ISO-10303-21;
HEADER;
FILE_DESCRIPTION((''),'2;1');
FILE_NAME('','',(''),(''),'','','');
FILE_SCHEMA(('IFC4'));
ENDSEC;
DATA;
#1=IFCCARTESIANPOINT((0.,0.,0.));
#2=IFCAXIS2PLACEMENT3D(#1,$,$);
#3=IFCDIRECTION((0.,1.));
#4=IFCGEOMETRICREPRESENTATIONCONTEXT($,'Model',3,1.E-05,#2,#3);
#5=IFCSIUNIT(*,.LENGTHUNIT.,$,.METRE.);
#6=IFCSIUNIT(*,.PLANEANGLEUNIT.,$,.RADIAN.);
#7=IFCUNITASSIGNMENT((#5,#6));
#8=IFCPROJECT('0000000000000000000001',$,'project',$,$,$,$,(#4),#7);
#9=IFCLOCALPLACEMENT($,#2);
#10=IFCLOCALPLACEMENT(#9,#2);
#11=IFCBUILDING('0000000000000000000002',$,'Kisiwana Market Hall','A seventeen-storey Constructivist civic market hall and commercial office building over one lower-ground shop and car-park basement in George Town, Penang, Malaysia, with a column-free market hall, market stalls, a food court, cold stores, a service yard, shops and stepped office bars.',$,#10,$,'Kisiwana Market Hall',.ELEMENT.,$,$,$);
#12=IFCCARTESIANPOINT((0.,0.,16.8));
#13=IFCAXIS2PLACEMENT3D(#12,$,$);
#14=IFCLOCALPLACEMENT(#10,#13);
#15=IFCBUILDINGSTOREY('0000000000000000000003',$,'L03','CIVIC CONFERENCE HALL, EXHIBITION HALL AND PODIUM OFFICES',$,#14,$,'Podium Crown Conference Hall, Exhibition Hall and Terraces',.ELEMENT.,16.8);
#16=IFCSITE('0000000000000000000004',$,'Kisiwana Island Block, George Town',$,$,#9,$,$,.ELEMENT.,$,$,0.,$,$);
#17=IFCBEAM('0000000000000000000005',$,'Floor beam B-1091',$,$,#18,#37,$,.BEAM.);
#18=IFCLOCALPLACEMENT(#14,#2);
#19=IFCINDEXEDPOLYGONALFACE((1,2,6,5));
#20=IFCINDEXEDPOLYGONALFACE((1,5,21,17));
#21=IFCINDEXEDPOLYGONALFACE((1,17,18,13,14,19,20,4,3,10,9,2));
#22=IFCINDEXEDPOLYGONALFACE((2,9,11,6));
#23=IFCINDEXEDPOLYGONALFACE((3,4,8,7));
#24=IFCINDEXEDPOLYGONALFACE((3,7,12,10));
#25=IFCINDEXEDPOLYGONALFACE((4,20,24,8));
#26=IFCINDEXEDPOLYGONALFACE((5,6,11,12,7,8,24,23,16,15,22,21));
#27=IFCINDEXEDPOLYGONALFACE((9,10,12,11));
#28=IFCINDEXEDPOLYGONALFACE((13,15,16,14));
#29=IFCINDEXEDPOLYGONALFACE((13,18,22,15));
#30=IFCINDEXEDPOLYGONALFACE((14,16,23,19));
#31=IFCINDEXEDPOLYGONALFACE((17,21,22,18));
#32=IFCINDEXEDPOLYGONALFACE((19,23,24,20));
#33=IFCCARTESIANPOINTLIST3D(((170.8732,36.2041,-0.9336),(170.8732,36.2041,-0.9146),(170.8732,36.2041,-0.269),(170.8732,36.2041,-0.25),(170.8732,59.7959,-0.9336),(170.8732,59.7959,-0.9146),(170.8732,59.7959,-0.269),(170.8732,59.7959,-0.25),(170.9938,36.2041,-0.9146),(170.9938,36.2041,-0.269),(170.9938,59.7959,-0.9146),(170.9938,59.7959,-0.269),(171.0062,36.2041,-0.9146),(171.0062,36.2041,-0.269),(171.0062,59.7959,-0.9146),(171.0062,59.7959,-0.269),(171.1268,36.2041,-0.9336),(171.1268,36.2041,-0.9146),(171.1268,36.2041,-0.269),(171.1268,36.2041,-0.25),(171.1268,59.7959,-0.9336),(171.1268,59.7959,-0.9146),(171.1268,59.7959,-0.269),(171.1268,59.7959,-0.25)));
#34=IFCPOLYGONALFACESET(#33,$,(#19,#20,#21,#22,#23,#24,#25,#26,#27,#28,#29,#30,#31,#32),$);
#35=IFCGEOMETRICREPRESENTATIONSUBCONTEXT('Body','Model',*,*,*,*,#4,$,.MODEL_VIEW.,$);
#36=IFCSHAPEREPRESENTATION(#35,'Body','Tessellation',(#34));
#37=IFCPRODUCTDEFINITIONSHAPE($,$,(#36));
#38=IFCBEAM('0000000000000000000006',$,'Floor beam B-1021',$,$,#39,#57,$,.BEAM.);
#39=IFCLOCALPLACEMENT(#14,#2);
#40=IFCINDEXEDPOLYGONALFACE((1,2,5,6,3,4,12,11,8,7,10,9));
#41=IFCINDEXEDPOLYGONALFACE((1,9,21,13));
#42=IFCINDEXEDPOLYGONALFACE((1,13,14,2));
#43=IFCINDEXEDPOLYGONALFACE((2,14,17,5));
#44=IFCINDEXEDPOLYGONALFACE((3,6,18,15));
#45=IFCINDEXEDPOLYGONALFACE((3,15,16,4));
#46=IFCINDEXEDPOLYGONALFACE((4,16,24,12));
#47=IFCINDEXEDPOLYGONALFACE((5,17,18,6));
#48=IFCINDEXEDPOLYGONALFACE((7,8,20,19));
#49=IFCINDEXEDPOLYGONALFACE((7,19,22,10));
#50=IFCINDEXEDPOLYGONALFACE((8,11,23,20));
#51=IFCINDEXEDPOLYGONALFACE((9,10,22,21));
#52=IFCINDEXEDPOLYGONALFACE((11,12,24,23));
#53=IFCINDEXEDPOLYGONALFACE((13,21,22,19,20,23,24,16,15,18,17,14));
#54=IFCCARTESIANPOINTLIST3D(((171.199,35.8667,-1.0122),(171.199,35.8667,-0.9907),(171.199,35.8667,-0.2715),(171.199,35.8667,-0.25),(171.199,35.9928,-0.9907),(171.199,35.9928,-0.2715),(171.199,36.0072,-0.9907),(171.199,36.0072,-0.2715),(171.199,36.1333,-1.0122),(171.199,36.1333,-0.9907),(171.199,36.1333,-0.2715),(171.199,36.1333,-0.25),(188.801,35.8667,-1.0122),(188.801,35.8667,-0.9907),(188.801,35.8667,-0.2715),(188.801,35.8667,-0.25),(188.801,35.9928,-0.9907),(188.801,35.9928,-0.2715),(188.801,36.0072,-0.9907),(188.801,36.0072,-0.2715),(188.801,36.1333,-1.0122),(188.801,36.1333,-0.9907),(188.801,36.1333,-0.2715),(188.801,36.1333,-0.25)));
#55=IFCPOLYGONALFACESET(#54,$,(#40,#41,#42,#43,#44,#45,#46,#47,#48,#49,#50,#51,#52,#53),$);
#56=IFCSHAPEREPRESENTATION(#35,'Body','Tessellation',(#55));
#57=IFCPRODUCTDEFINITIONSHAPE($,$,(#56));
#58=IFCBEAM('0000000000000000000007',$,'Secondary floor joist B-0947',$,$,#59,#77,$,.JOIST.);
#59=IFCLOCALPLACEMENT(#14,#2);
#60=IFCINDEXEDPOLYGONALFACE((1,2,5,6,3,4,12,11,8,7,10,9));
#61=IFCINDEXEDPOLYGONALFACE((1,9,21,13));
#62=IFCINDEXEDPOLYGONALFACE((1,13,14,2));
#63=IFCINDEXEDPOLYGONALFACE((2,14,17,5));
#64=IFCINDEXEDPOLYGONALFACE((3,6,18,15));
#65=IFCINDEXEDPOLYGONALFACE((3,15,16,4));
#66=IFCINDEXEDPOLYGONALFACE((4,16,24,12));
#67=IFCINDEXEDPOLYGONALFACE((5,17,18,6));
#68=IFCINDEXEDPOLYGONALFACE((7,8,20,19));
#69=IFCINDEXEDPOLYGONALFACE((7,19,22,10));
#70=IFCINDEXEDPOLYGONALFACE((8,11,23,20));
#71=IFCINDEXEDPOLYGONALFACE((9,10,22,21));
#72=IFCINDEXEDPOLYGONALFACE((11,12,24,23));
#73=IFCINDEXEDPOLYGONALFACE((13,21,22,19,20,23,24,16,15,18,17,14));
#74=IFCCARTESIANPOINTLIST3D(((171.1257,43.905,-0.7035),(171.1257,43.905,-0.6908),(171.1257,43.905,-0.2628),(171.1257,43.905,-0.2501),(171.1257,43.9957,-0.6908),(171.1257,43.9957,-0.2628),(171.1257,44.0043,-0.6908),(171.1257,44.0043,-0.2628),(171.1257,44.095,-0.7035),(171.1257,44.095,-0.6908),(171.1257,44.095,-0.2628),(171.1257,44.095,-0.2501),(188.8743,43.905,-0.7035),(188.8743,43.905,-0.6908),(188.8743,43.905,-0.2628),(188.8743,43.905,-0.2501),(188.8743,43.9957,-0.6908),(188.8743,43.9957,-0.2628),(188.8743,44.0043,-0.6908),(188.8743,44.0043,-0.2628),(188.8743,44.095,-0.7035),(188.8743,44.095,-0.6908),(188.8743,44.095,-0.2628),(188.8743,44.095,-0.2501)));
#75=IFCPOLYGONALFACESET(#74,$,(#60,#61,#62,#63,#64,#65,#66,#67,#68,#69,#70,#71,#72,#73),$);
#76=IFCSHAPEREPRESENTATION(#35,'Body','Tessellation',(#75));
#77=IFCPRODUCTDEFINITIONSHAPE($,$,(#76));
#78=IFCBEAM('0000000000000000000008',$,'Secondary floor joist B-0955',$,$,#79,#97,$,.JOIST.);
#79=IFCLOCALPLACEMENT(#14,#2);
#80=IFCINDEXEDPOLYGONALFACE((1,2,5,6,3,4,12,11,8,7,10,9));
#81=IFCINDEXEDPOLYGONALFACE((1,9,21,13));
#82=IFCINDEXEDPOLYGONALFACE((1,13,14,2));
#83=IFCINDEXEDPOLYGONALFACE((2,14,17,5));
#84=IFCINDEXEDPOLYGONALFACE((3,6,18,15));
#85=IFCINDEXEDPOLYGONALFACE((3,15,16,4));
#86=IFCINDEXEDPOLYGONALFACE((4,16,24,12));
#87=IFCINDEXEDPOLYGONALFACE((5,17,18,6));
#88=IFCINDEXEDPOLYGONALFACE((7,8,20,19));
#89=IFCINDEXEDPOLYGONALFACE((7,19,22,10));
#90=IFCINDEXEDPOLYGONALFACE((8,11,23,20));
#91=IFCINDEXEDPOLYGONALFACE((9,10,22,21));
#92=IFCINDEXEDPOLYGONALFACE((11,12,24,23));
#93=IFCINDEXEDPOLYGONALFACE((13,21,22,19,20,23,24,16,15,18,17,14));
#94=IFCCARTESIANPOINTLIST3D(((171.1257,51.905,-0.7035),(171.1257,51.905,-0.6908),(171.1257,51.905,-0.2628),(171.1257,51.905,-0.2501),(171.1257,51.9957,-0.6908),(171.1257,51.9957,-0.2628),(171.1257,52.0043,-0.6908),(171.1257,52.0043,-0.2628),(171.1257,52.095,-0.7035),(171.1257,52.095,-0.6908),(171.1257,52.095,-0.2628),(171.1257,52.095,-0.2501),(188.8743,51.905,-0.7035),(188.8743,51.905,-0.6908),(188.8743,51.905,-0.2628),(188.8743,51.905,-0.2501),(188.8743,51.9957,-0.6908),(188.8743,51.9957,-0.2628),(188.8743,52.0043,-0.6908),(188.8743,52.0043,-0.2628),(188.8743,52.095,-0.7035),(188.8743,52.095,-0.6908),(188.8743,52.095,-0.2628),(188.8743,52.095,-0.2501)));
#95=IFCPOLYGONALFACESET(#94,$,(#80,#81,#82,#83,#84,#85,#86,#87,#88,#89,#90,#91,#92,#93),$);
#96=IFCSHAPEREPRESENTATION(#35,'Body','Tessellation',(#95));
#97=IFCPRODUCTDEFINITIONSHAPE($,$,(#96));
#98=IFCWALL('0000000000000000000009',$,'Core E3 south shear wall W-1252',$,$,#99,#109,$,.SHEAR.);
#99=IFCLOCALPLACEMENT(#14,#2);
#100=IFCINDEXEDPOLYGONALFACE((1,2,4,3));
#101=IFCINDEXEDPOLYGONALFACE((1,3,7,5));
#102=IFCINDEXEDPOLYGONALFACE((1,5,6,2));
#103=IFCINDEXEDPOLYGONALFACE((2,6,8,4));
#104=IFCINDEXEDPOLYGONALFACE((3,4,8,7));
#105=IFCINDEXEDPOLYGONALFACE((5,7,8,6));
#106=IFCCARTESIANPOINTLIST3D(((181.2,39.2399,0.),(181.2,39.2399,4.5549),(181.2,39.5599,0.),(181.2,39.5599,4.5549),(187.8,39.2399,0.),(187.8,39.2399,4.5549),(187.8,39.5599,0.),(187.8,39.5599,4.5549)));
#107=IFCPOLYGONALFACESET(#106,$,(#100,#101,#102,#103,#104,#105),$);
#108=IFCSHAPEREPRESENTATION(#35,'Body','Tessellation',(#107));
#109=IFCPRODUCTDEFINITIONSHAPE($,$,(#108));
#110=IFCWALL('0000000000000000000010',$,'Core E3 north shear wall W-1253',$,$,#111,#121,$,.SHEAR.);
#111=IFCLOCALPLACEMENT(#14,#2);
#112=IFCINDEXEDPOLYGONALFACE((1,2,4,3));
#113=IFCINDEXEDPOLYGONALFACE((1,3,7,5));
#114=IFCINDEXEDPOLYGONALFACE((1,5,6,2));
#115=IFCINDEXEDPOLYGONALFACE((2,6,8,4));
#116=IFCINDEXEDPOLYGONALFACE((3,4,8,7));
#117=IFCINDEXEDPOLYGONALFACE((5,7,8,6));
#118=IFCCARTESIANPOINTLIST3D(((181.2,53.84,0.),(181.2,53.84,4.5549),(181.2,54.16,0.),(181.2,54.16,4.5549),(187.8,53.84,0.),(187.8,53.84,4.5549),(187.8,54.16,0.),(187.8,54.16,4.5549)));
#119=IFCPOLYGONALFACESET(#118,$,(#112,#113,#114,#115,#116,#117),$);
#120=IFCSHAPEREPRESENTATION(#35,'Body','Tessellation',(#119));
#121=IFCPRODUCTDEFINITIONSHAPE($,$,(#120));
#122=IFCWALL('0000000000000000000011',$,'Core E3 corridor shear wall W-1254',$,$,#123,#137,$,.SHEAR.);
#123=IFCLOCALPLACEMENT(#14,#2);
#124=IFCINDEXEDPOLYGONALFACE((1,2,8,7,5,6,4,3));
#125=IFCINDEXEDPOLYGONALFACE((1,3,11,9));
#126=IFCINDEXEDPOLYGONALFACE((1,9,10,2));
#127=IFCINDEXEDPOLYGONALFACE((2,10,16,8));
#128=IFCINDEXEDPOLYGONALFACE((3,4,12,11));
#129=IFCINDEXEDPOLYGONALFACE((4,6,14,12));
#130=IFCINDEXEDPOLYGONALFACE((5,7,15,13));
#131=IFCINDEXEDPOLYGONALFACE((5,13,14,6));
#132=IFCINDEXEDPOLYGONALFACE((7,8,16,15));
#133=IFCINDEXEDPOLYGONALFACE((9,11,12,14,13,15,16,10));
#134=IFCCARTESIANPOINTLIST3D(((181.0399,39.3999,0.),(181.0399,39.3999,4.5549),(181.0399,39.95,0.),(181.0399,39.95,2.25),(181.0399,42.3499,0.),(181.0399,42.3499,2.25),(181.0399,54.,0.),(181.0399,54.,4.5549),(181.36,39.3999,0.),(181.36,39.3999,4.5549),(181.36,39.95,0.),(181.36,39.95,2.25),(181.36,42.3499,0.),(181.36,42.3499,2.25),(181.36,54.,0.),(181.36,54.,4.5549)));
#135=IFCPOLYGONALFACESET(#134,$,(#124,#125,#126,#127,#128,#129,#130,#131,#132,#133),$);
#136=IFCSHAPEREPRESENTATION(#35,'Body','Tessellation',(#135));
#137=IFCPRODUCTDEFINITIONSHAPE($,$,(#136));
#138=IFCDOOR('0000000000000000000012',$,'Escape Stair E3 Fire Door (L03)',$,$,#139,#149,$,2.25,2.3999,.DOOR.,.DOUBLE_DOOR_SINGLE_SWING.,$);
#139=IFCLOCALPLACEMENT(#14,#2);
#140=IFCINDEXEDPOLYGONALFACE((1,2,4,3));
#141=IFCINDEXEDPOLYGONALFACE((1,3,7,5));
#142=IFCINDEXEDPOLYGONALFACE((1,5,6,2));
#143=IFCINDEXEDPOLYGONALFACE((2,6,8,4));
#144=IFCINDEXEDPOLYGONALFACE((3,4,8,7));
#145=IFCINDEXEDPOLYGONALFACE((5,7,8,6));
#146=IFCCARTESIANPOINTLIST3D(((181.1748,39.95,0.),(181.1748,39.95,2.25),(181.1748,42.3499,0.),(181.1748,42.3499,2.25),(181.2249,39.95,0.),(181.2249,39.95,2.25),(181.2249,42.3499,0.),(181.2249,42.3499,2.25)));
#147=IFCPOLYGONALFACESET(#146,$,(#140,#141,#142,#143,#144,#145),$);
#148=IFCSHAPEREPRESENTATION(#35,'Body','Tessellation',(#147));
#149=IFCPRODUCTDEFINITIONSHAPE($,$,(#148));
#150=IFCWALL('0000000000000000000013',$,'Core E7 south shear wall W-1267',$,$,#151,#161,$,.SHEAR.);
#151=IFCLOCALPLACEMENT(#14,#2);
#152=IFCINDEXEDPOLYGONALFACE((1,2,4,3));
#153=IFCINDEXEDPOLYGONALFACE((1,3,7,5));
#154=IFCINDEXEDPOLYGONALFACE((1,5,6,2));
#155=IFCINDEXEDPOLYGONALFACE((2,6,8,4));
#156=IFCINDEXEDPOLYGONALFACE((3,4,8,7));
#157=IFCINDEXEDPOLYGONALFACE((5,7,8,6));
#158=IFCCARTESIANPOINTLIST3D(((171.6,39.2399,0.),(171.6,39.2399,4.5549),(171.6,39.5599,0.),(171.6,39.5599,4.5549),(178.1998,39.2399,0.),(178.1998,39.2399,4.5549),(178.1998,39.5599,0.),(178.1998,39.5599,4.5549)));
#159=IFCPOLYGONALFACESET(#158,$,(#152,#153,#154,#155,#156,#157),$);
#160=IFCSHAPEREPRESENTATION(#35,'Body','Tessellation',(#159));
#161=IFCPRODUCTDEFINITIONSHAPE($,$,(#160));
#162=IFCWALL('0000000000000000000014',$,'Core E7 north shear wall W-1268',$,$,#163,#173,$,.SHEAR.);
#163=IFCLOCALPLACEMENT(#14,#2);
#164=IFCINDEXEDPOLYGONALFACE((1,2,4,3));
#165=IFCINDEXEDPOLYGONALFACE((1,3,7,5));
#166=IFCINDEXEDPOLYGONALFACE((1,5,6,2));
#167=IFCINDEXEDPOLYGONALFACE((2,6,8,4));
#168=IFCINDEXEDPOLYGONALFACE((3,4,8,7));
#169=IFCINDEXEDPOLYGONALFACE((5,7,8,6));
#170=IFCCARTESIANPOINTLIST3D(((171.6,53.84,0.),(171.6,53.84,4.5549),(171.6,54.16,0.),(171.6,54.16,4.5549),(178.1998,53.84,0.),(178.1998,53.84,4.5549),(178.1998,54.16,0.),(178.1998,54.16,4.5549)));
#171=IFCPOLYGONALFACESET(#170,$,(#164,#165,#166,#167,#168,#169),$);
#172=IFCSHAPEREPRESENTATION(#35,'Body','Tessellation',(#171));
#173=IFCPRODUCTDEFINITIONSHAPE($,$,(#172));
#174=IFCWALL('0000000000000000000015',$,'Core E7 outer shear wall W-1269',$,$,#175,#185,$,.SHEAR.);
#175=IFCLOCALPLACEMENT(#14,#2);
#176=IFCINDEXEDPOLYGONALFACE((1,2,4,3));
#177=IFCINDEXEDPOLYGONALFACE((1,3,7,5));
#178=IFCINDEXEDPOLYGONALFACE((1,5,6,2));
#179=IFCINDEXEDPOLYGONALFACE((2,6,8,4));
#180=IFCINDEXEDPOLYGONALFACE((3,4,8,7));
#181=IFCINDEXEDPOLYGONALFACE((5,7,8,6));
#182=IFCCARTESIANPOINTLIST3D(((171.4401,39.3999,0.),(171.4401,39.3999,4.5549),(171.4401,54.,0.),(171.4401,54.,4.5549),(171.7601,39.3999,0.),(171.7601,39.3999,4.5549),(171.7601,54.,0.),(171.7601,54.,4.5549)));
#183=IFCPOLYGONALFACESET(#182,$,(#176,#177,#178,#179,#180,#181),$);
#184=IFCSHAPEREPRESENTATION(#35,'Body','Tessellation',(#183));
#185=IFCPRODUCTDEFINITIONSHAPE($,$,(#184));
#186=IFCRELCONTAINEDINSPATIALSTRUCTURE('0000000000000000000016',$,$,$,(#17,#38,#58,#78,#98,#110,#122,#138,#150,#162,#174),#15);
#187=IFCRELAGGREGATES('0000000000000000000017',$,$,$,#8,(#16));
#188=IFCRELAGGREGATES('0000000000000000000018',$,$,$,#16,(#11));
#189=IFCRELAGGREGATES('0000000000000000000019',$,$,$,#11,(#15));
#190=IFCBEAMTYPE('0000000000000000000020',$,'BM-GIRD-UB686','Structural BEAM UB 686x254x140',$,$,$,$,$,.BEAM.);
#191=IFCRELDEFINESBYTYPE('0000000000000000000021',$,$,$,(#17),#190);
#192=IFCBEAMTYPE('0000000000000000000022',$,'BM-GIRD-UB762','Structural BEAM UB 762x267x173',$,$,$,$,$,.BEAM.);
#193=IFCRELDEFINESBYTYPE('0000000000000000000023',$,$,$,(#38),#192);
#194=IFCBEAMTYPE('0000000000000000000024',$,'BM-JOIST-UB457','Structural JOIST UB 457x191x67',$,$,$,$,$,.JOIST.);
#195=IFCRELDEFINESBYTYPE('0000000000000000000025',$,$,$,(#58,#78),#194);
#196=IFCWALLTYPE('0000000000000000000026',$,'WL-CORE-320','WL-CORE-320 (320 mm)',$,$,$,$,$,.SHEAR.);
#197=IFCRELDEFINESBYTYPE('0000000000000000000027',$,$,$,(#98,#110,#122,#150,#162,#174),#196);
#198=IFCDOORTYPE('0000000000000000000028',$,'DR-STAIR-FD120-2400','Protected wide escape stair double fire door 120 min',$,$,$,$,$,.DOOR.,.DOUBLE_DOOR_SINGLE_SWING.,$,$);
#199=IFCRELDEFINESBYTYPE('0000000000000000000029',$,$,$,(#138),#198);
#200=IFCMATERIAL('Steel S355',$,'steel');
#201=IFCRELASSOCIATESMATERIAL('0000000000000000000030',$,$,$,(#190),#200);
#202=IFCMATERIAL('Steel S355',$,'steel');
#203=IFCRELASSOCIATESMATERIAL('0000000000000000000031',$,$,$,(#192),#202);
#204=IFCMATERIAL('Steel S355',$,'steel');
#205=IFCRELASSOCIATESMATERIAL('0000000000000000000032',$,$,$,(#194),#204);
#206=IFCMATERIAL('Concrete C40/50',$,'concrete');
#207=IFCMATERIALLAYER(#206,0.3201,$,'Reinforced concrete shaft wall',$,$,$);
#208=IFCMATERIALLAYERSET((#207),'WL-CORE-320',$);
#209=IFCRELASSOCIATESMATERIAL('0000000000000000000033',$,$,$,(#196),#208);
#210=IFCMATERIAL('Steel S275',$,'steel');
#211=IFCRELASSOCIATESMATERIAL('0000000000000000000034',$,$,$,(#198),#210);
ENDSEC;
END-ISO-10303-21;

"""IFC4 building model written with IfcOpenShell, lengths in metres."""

from ifc_helpers import new_model, si_unit, direction, frame, frame_2d, origin, origin_2d, place, context, subcontext, project, spatial, rectangle, i_section, extrude, material, layer, layer_set, material_profile, profile_set, type_object, element, fill, save


model = new_model("IFC4")

# Units and contexts
model_context = context("Model", 3, precision=1e-05, world=origin(), true_north=direction((0.0, 1.0)))
body_context = subcontext(model_context, "Body", "Model", "MODEL_VIEW")
ifc_project = project(units=[si_unit("LENGTHUNIT", "METRE"), si_unit("PLANEANGLEUNIT", "RADIAN")], contexts=[model_context])

# Site, building, storey
site_placement = place(None, origin())
site = spatial("IfcSite", under=ifc_project, at=site_placement, Name="Kisiwana Island Block, George Town", CompositionType="ELEMENT", RefElevation=0.0)
building_placement = place(site_placement, origin())
building = spatial("IfcBuilding", under=site, at=building_placement, Name="Kisiwana Market Hall", Description="A seventeen-storey Constructivist civic market hall and commercial office building over one lower-ground shop and car-park basement in George Town, Penang, Malaysia, with a column-free market hall, market stalls, a food court, cold stores, a service yard, shops and stepped office bars.", LongName="Kisiwana Market Hall", CompositionType="ELEMENT")
storey_placement = place(building_placement, frame((0.0, 0.0, 16.8)))
storey = spatial("IfcBuildingStorey", under=building, at=storey_placement, Name="L03", Description="CIVIC CONFERENCE HALL, EXHIBITION HALL AND PODIUM OFFICES", LongName="Podium Crown Conference Hall, Exhibition Hall and Terraces", CompositionType="ELEMENT", Elevation=16.8)

# Beams
ifc_material_1 = material(Name="Steel S355", Category="steel")
ifc_material_profile_1 = material_profile(ifc_material_1, i_section(OverallWidth=0.2537, OverallDepth=0.6836, WebThickness=0.0125, FlangeThickness=0.019, at=origin_2d()), Name="UB 686x254x140")
ifc_profile_set_1 = profile_set([ifc_material_profile_1], Name="Steel S355")
beam_type_1 = type_object("IfcBeamType", Name="BM-GIRD-UB686", Description="Structural BEAM UB 686x254x140", PredefinedType="BEAM", material=ifc_profile_set_1)
beam_1_placement = place(storey_placement, frame((171.0, 36.2041, -0.5918), z_axis=(0.0, 1.0, 0.0), x_axis=(-1.0, 0.0, 0.0)))
element("IfcBeam", 1, at=beam_1_placement, inside=storey, type_object=beam_type_1, Name="Floor beam B-1091", PredefinedType="BEAM", context=body_context, shape_type="SweptSolid", body=[
    extrude(i_section(OverallWidth=0.2537, OverallDepth=0.6836, WebThickness=0.0125, FlangeThickness=0.019, at=origin_2d()), origin(), (0.0, 0.0, 1.0), 23.5918),
])
ifc_material_2 = material(Name="Steel S355", Category="steel")
ifc_material_profile_2 = material_profile(ifc_material_2, i_section(OverallWidth=0.2666, OverallDepth=0.7622, WebThickness=0.0144, FlangeThickness=0.0215, at=origin_2d()), Name="UB 762x267x173")
ifc_profile_set_2 = profile_set([ifc_material_profile_2], Name="Steel S355")
beam_type_2 = type_object("IfcBeamType", Name="BM-GIRD-UB762", Description="Structural BEAM UB 762x267x173", PredefinedType="BEAM", material=ifc_profile_set_2)
beam_2_placement = place(storey_placement, frame((171.199, 36.0, -0.6311), z_axis=(1.0, 0.0, 0.0), x_axis=(0.0, 1.0, 0.0)))
element("IfcBeam", 2, at=beam_2_placement, inside=storey, type_object=beam_type_2, Name="Floor beam B-1021", PredefinedType="BEAM", context=body_context, shape_type="SweptSolid", body=[
    extrude(i_section(OverallWidth=0.2666, OverallDepth=0.7622, WebThickness=0.0144, FlangeThickness=0.0215, at=origin_2d()), origin(), (0.0, 0.0, 1.0), 17.6021),
])
ifc_material_3 = material(Name="Steel S355", Category="steel")
ifc_material_profile_3 = material_profile(ifc_material_3, i_section(OverallWidth=0.1899, OverallDepth=0.4534, WebThickness=0.0085, FlangeThickness=0.0127, at=origin_2d()), Name="UB 457x191x67")
ifc_profile_set_3 = profile_set([ifc_material_profile_3], Name="Steel S355")
beam_type_3 = type_object("IfcBeamType", Name="BM-JOIST-UB457", Description="Structural JOIST UB 457x191x67", PredefinedType="JOIST", material=ifc_profile_set_3)
for number, where, z_axis, x_axis, name in (
    (3, (171.1257, 44.0, -0.4768), (1.0, 0.0, 0.0), (0.0, 1.0, 0.0), "Secondary floor joist B-0947"),
    (4, (171.1257, 52.0, -0.4768), (1.0, 0.0, 0.0), (0.0, 1.0, 0.0), "Secondary floor joist B-0955"),
):
    element("IfcBeam", number, at=place(storey_placement, frame(where, z_axis=z_axis, x_axis=x_axis)), inside=storey, type_object=beam_type_3, Name=name, PredefinedType="JOIST", context=body_context, shape_type="SweptSolid", body=[
        extrude(i_section(OverallWidth=0.1899, OverallDepth=0.4534, WebThickness=0.0085, FlangeThickness=0.0127, at=origin_2d()), origin(), (0.0, 0.0, 1.0), 17.7485),
    ])

# Walls
ifc_material_4 = material(Name="Concrete C40/50", Category="concrete")
ifc_layer = layer(ifc_material_4, 0.3201, Name="Reinforced concrete shaft wall")
ifc_layer_set = layer_set([ifc_layer], Name="WL-CORE-320")
wall_type = type_object("IfcWallType", Name="WL-CORE-320", Description="WL-CORE-320 (320 mm)", PredefinedType="SHEAR", material=ifc_layer_set)
for number, where, z_axis, x_axis, name in (
    (5, (181.2, 39.3999, 0.0), (0.0, 0.0, 1.0), (1.0, 0.0, 0.0), "Core E3 south shear wall W-1252"),
    (6, (181.2, 54.0, 0.0), (0.0, 0.0, 1.0), (1.0, 0.0, 0.0), "Core E3 north shear wall W-1253"),
):
    element("IfcWall", number, at=place(storey_placement, frame(where, z_axis=z_axis, x_axis=x_axis)), inside=storey, type_object=wall_type, Name=name, PredefinedType="SHEAR", context=body_context, shape_type="SweptSolid", body=[
        extrude(rectangle(XDim=6.6001, YDim=0.3201, at=frame_2d((3.3, 0.0))), origin(), (0.0, 0.0, 1.0), 4.5549),
    ])

# Wall, opening, door
wall_1_placement = place(storey_placement, frame((181.2, 39.3999, 0.0), z_axis=(0.0, 0.0, 1.0), x_axis=(0.0, 1.0, 0.0)))
wall_1 = element("IfcWall", 7, at=wall_1_placement, inside=storey, type_object=wall_type, Name="Core E3 corridor shear wall W-1254", PredefinedType="SHEAR", context=body_context, shape_type="SweptSolid", body=[
    extrude(rectangle(XDim=14.6001, YDim=0.3201, at=frame_2d((7.3, 0.0))), origin(), (0.0, 0.0, 1.0), 4.5549),
])
opening_1_placement = place(wall_1_placement, frame((0.55, 0.0, 0.0)))
opening_1 = element("IfcOpeningElement", 8, at=opening_1_placement, cuts=wall_1, PredefinedType="OPENING", context=body_context, shape_type="SweptSolid", body=[
    extrude(rectangle(XDim=2.3999, YDim=2.25, at=frame_2d((1.2, 1.125))), frame((0.0, 0.1719, 0.0), z_axis=(0.0, -1.0, 0.0), x_axis=(1.0, 0.0, 0.0)), (0.0, 0.0, 1.0), 0.344),
])
ifc_material_5 = material(Name="Steel S275", Category="steel")
door_type = type_object("IfcDoorType", Name="DR-STAIR-FD120-2400", Description="Protected wide escape stair double fire door 120 min", OperationType="DOUBLE_DOOR_SINGLE_SWING", PredefinedType="DOOR", material=ifc_material_5)
door_1_placement = place(opening_1_placement, frame((2.3999, 0.0, 0.0), z_axis=(0.0, 0.0, 1.0), x_axis=(-1.0, 0.0, 0.0)))
door_1 = element("IfcDoor", 9, at=door_1_placement, inside=storey, type_object=door_type, Name="Escape Stair E3 Fire Door (L03)", OperationType="DOUBLE_DOOR_SINGLE_SWING", OverallHeight=2.25, OverallWidth=2.3999, PredefinedType="DOOR", context=body_context, shape_type="SweptSolid", body=[
    extrude(rectangle(XDim=2.3999, YDim=2.25, at=frame_2d((1.2, 1.125))), frame((0.0, 0.0249, 0.0), z_axis=(0.0, -1.0, 0.0), x_axis=(1.0, 0.0, 0.0)), (0.0, 0.0, 1.0), 0.05),
])
fill(opening_1, door_1)

# Walls
for number, where, z_axis, x_axis, name in (
    (10, (171.6001, 39.3999, 0.0), (0.0, 0.0, 1.0), (1.0, 0.0, 0.0), "Core E7 south shear wall W-1267"),
    (11, (171.6001, 54.0, 0.0), (0.0, 0.0, 1.0), (1.0, 0.0, 0.0), "Core E7 north shear wall W-1268"),
):
    element("IfcWall", number, at=place(storey_placement, frame(where, z_axis=z_axis, x_axis=x_axis)), inside=storey, type_object=wall_type, Name=name, PredefinedType="SHEAR", context=body_context, shape_type="SweptSolid", body=[
        extrude(rectangle(XDim=6.5999, YDim=0.3201, at=frame_2d((3.2998, 0.0))), origin(), (0.0, 0.0, 1.0), 4.5549),
    ])
wall_2_placement = place(storey_placement, frame((171.6001, 39.3999, 0.0), z_axis=(0.0, 0.0, 1.0), x_axis=(0.0, 1.0, 0.0)))
element("IfcWall", 12, at=wall_2_placement, inside=storey, type_object=wall_type, Name="Core E7 outer shear wall W-1269", PredefinedType="SHEAR", context=body_context, shape_type="SweptSolid", body=[
    extrude(rectangle(XDim=14.6001, YDim=0.3201, at=frame_2d((7.3, 0.0))), origin(), (0.0, 0.0, 1.0), 4.5549),
])

save(model, "model.ifc")
